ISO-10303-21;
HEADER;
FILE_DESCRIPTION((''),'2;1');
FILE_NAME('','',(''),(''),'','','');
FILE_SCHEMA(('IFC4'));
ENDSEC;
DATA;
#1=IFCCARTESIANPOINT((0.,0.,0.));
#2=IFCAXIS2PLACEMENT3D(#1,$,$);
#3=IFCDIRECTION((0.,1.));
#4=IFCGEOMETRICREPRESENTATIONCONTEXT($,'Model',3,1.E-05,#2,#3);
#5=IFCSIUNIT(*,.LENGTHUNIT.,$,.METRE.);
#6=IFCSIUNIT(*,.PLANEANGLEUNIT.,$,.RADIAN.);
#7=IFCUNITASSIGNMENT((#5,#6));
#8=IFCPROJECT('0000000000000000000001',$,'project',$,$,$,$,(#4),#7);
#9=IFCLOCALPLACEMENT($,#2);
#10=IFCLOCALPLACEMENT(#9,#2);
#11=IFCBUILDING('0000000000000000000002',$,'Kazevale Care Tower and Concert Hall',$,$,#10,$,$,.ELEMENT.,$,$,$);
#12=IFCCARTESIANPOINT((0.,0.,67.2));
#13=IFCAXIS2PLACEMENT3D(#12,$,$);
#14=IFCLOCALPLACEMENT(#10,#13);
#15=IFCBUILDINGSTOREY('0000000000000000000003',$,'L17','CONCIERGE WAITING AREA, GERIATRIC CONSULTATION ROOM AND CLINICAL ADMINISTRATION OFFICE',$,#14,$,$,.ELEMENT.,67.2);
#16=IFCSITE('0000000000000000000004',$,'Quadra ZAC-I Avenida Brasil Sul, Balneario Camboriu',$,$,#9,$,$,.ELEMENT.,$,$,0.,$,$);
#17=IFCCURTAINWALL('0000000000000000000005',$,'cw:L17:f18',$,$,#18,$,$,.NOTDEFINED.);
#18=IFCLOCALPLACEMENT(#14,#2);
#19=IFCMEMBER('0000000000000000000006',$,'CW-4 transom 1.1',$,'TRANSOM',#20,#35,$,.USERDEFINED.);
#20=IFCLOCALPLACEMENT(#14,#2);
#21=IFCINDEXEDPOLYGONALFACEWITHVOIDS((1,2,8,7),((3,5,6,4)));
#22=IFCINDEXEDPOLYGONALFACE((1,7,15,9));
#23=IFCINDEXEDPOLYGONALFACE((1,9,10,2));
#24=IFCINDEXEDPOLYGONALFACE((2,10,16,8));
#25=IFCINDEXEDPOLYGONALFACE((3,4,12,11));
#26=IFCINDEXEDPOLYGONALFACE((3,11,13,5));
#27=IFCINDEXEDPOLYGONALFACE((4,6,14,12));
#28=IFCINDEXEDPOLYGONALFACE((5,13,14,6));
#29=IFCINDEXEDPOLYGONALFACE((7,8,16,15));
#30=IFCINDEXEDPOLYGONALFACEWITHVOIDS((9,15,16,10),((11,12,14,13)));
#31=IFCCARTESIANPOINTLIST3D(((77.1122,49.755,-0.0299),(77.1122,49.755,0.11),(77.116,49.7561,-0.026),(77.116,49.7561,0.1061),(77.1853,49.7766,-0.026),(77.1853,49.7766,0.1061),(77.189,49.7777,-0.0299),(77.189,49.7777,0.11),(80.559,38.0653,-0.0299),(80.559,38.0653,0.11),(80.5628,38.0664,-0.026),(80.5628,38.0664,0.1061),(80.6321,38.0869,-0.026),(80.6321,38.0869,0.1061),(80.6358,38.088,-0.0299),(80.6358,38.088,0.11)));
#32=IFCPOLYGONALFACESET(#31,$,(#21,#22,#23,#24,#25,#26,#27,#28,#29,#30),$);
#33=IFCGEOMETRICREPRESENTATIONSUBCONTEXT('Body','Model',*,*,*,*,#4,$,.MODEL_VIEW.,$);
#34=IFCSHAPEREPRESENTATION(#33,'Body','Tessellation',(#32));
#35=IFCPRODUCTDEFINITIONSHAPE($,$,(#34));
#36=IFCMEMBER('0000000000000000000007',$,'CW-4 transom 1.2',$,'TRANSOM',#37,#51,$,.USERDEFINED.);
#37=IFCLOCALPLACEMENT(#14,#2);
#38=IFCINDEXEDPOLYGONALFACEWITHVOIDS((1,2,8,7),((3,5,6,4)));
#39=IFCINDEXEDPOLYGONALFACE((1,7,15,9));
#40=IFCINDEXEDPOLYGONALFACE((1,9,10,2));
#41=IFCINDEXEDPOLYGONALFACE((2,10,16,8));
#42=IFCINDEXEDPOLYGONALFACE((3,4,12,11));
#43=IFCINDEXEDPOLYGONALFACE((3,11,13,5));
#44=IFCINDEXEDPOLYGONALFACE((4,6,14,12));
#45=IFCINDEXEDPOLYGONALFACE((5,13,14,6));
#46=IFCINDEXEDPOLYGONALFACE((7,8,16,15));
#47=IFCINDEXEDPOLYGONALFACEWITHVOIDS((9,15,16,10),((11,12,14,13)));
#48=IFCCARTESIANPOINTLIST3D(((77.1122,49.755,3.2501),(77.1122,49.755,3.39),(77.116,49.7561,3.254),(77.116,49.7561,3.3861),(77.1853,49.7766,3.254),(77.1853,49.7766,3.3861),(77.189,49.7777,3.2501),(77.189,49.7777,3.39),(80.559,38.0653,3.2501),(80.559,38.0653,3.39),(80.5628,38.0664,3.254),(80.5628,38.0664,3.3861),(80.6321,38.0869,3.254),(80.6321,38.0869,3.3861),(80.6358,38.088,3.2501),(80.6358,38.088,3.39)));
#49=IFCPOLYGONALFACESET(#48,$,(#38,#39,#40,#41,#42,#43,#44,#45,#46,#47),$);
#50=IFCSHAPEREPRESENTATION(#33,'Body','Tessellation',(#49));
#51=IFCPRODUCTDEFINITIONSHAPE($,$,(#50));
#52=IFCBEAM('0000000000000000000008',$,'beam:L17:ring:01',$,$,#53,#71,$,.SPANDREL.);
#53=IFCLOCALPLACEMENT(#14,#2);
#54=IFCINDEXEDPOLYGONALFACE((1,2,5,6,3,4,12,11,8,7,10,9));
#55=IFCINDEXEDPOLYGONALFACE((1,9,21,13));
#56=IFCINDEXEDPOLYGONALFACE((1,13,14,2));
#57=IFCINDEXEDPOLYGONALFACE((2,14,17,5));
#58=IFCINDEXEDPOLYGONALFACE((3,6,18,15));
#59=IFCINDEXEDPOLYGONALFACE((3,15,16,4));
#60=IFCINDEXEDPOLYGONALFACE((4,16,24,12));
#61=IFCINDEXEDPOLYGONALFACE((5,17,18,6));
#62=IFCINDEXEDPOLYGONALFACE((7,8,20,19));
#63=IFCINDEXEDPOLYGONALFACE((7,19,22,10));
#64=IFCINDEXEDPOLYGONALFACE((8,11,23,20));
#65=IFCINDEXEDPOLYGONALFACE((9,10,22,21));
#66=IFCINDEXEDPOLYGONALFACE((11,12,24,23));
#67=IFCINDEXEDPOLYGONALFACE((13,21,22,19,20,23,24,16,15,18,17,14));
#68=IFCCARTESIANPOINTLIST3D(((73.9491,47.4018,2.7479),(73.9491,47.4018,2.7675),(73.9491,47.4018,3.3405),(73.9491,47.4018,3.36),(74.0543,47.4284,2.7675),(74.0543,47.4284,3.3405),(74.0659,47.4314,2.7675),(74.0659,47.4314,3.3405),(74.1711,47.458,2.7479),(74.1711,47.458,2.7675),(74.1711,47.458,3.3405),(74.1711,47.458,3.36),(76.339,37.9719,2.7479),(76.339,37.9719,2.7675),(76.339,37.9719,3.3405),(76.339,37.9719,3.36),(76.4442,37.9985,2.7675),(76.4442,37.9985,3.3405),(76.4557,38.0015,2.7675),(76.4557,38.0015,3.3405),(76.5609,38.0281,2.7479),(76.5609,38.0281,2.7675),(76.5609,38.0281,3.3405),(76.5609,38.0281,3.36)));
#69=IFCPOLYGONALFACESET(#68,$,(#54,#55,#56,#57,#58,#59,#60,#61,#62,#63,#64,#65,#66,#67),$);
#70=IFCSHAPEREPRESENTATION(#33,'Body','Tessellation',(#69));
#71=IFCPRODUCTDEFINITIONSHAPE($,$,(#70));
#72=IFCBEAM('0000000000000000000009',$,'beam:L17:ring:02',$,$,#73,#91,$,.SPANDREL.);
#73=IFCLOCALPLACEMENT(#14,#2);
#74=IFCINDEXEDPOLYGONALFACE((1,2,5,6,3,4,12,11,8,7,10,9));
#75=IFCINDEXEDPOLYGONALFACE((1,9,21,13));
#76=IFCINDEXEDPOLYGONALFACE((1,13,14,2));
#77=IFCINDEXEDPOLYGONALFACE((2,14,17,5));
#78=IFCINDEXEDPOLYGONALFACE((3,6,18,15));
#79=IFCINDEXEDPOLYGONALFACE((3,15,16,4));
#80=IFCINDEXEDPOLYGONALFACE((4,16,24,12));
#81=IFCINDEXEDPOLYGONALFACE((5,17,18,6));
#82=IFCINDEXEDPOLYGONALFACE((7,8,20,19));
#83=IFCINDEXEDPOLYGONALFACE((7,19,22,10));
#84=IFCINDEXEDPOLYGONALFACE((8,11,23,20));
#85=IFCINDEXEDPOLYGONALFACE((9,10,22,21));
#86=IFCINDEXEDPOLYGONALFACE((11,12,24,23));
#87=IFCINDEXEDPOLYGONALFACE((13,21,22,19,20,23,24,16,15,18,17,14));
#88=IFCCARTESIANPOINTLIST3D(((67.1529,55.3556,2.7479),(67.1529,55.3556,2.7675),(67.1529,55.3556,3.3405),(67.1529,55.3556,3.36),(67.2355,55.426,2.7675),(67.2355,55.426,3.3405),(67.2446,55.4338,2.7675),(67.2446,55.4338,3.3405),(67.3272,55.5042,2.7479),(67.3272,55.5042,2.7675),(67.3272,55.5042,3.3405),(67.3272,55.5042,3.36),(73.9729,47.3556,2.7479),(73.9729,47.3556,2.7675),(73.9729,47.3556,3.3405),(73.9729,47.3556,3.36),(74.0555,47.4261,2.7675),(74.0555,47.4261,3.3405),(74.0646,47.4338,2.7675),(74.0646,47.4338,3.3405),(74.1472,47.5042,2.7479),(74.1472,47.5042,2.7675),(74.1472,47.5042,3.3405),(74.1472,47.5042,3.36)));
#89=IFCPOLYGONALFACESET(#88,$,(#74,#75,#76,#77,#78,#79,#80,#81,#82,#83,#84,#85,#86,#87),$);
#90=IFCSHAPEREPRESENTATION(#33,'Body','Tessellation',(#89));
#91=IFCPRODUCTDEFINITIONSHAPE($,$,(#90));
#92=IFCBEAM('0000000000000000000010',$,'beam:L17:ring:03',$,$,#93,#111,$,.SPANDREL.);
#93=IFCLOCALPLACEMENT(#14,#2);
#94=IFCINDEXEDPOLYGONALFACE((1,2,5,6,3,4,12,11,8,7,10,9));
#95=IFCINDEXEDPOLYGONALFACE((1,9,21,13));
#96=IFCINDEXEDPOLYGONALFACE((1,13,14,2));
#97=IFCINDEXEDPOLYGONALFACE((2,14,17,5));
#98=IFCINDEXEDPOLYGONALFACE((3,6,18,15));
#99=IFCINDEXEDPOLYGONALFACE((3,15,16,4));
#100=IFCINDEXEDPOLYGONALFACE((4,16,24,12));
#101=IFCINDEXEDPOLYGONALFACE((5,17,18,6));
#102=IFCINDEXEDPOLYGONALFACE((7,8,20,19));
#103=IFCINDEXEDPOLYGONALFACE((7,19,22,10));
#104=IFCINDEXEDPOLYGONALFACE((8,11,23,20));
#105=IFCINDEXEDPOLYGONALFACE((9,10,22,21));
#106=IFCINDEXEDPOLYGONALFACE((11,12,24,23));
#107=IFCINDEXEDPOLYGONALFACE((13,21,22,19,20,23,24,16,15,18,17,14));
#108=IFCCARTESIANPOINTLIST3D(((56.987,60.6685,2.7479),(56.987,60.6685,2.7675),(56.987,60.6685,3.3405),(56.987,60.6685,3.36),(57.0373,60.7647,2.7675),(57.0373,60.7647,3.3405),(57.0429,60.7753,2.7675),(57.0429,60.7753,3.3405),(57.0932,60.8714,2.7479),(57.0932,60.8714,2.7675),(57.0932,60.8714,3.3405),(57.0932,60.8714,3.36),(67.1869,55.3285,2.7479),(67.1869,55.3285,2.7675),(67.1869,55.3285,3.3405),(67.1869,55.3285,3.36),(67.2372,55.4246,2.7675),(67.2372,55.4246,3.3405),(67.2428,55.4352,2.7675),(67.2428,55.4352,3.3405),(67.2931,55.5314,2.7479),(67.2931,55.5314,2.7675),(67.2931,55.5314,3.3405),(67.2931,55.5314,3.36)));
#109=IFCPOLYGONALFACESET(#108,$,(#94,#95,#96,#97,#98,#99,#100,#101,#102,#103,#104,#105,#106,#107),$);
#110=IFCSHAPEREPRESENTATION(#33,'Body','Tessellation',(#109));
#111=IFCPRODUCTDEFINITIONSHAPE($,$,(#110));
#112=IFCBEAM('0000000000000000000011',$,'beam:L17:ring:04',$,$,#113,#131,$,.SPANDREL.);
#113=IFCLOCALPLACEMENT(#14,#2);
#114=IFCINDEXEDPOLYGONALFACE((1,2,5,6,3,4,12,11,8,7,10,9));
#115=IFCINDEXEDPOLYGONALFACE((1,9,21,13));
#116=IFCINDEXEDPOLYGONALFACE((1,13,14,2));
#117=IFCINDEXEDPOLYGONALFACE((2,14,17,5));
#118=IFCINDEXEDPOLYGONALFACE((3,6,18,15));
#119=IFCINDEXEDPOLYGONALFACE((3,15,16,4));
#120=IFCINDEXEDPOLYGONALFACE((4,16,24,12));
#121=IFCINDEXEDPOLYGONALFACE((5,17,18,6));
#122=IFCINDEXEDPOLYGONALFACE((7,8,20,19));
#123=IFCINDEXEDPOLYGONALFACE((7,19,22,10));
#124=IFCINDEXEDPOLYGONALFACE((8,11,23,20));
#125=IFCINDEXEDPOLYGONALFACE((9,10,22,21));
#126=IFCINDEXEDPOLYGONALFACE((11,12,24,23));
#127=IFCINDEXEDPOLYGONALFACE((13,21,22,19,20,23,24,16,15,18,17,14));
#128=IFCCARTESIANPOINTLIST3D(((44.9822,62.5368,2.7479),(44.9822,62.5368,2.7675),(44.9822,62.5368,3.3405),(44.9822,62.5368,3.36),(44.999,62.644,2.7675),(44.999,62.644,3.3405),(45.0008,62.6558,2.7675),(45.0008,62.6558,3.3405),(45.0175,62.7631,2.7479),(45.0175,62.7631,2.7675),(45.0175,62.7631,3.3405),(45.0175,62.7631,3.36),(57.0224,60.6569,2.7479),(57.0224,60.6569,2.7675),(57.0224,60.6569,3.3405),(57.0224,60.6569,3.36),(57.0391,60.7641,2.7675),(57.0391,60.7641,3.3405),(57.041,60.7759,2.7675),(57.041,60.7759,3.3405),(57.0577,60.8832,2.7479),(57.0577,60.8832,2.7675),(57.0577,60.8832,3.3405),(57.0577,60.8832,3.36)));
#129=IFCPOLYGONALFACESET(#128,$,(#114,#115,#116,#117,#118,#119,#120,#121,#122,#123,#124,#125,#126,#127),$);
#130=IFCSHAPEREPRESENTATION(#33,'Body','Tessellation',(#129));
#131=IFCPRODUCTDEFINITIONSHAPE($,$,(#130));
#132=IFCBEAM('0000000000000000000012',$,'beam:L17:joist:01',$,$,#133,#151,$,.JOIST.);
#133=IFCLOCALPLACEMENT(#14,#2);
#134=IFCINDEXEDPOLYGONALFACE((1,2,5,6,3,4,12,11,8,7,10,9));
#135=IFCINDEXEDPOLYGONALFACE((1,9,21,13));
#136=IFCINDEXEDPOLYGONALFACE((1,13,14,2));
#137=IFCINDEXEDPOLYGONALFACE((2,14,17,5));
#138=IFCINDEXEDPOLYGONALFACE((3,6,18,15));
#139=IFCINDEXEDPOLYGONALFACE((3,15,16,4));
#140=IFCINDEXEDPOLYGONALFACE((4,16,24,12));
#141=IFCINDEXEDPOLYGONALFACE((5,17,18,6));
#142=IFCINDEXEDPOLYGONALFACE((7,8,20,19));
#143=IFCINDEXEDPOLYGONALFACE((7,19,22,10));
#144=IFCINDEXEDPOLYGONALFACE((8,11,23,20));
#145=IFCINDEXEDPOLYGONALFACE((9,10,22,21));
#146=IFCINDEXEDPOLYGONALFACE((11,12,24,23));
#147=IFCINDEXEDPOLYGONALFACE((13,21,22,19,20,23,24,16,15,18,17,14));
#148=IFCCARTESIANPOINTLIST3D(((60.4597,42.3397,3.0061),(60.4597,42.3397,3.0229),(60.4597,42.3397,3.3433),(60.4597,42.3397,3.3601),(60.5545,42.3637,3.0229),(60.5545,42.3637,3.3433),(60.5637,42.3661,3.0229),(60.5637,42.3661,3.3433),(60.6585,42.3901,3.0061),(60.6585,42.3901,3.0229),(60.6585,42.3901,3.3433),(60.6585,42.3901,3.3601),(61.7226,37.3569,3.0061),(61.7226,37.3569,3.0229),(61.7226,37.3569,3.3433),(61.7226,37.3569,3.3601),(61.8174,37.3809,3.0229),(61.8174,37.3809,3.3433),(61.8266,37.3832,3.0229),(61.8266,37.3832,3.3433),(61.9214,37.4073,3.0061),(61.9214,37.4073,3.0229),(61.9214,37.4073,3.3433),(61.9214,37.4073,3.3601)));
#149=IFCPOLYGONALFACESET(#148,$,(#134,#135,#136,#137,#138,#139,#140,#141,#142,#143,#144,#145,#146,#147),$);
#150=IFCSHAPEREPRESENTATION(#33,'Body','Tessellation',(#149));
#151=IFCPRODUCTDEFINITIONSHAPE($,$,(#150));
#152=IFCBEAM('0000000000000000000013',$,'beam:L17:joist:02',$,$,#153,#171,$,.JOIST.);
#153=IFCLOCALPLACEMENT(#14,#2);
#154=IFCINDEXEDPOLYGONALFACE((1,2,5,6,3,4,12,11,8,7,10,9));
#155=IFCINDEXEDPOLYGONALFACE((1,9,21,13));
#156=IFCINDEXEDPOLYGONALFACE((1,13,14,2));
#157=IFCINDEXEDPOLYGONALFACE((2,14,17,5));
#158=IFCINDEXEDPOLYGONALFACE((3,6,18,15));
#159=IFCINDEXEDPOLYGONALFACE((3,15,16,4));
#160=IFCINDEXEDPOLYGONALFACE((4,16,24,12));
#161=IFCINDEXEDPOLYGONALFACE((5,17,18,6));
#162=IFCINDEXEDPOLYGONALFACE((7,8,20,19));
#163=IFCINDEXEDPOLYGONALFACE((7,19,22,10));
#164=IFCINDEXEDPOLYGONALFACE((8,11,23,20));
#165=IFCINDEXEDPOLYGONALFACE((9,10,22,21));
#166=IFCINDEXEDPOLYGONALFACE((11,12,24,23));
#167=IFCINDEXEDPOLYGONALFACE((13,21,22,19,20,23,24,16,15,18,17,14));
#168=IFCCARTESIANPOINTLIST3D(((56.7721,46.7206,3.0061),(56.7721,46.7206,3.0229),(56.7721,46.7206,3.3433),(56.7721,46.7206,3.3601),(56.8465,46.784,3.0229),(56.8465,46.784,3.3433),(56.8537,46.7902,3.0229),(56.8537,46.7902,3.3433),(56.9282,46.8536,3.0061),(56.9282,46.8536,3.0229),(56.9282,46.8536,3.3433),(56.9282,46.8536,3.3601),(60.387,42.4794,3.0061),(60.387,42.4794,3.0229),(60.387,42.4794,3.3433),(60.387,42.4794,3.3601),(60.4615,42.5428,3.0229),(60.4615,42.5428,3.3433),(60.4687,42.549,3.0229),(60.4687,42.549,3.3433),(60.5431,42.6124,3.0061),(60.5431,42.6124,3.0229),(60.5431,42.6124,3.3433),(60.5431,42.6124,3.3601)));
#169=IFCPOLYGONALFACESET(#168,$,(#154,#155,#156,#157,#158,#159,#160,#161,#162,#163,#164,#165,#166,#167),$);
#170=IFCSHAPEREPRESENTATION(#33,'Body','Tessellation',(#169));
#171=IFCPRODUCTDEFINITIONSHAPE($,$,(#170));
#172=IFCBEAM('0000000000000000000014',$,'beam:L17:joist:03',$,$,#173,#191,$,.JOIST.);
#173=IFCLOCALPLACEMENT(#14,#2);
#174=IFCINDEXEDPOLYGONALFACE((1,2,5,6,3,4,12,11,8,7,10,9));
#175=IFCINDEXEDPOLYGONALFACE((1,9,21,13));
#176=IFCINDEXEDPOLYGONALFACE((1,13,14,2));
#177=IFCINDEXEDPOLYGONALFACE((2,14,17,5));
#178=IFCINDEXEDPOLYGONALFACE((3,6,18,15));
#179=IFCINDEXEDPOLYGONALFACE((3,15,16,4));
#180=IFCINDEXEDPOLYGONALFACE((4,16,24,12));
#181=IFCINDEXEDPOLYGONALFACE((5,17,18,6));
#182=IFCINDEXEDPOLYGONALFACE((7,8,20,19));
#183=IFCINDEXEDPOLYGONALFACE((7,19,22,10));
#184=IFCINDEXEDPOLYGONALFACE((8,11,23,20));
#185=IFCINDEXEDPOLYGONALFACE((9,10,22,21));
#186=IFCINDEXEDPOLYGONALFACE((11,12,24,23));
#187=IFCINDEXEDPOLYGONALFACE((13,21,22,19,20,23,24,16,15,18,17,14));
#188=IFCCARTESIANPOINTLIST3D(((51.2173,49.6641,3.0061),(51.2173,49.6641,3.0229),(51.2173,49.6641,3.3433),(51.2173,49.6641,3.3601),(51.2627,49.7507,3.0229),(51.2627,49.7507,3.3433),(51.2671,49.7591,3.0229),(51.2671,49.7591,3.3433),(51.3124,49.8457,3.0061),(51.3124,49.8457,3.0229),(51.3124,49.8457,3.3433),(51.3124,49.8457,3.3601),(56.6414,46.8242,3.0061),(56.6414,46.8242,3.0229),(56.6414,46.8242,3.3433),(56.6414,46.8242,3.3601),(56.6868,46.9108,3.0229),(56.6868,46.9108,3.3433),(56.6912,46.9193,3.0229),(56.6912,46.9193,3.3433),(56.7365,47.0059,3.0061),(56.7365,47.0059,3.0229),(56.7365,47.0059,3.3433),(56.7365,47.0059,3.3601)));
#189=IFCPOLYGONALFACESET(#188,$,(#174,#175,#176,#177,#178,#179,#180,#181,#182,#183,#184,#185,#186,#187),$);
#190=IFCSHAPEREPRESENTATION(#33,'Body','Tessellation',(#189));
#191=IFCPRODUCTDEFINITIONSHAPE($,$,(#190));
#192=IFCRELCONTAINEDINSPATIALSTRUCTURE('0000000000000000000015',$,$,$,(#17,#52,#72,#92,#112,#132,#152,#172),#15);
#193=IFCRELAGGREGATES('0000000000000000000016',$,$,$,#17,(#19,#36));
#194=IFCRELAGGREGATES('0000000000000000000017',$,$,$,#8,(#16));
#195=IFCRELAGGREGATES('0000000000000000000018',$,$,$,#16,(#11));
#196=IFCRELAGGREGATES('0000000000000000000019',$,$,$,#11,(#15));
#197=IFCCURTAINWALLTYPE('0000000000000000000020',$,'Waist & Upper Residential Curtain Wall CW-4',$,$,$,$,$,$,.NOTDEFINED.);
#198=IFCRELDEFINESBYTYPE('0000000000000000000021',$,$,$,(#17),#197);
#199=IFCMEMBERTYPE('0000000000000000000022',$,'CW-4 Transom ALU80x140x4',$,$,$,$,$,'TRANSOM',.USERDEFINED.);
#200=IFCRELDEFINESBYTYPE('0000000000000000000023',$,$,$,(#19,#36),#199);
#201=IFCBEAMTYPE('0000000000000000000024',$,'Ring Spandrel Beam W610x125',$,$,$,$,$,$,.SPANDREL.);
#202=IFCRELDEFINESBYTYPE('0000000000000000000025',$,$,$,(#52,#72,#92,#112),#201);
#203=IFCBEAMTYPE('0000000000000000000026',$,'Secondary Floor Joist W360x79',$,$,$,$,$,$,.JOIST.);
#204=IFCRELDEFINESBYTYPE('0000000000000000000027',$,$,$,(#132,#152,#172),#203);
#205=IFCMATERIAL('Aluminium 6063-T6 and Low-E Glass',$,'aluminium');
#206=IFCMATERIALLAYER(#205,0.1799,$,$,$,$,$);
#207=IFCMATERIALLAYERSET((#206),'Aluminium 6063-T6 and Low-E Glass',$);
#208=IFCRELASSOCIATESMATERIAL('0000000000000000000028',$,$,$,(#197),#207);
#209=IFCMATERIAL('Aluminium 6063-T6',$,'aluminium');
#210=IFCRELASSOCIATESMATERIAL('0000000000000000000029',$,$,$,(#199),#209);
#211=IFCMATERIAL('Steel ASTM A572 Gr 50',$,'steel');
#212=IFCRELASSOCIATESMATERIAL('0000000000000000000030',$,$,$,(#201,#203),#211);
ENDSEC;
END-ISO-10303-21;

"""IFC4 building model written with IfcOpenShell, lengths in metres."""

from ifc_helpers import new_model, si_unit, direction, frame, origin, origin_2d, place, context, subcontext, project, spatial, hollow_rectangle, i_section, extrude, material, layer, layer_set, material_profile, profile_set, type_object, element, aggregate, save


model = new_model("IFC4")

# Units and contexts
model_context = context("Model", 3, precision=1e-05, world=origin(), true_north=direction((0.0, 1.0)))
body_context = subcontext(model_context, "Body", "Model", "MODEL_VIEW")
ifc_project = project(units=[si_unit("LENGTHUNIT", "METRE"), si_unit("PLANEANGLEUNIT", "RADIAN")], contexts=[model_context])

# Site, building, storey
site_placement = place(None, origin())
site = spatial("IfcSite", under=ifc_project, at=site_placement, Name="Quadra ZAC-I Avenida Brasil Sul, Balneario Camboriu", CompositionType="ELEMENT", RefElevation=0.0)
building_placement = place(site_placement, origin())
building = spatial("IfcBuilding", under=site, at=building_placement, Name="Kazevale Care Tower and Concert Hall", CompositionType="ELEMENT")
storey_placement = place(building_placement, frame((0.0, 0.0, 67.2)))
storey = spatial("IfcBuildingStorey", under=building, at=storey_placement, Name="L17", Description="CONCIERGE WAITING AREA, GERIATRIC CONSULTATION ROOM AND CLINICAL ADMINISTRATION OFFICE", CompositionType="ELEMENT", Elevation=67.2)

# Shared definitions
ifc_material_1 = material(Name="Aluminium 6063-T6 and Low-E Glass", Category="aluminium")
ifc_material_2 = material(Name="Aluminium 6063-T6", Category="aluminium")

# Shared definitions
ifc_layer_1 = layer(ifc_material_1, 0.1799)
ifc_layer_set_1 = layer_set([ifc_layer_1], Name="Aluminium 6063-T6 and Low-E Glass")
curtain_wall_type_1 = type_object("IfcCurtainWallType", Name="Waist & Upper Residential Curtain Wall CW-4", PredefinedType="NOTDEFINED", material=ifc_layer_set_1)

# Curtain wall
curtain_wall_1_placement = place(storey_placement, origin())
curtain_wall_1 = element("IfcCurtainWall", 1, at=curtain_wall_1_placement, inside=storey, type_object=curtain_wall_type_1, Name="cw:L17:f18", PredefinedType="NOTDEFINED")

# Members
ifc_material_profile_1 = material_profile(ifc_material_2, hollow_rectangle(XDim=0.0801, YDim=0.1399, WallThickness=0.0039, at=origin_2d()), Name="ALU80x140x4")
ifc_profile_set_1 = profile_set([ifc_material_profile_1], Name="Aluminium 6063-T6")
member_type_1 = type_object("IfcMemberType", Name="CW-4 Transom ALU80x140x4", ElementType="TRANSOM", PredefinedType="USERDEFINED", material=ifc_profile_set_1)
member_1_placement = place(storey_placement, frame((77.1506, 49.7664, 0.04), z_axis=(0.282818, -0.959174, 0.0), x_axis=(0.959174, 0.282818, 0.0)))
member_1 = element("IfcMember", 2, at=member_1_placement, type_object=member_type_1, Name="CW-4 transom 1.1", ObjectType="TRANSOM", PredefinedType="USERDEFINED", context=body_context, shape_type="SweptSolid", body=[
    extrude(hollow_rectangle(XDim=0.0801, YDim=0.1399, WallThickness=0.0039, at=origin_2d()), origin(), (0.0, 0.0, 1.0), 12.1873),
])
member_2_placement = place(storey_placement, frame((77.1506, 49.7664, 3.3201), z_axis=(0.282818, -0.959174, 0.0), x_axis=(0.959174, 0.282818, 0.0)))
member_2 = element("IfcMember", 3, at=member_2_placement, type_object=member_type_1, Name="CW-4 transom 1.2", ObjectType="TRANSOM", PredefinedType="USERDEFINED", context=body_context, shape_type="SweptSolid", body=[
    extrude(hollow_rectangle(XDim=0.0801, YDim=0.1399, WallThickness=0.0039, at=origin_2d()), origin(), (0.0, 0.0, 1.0), 12.1873),
])

# Beams
ifc_material_3 = material(Name="Steel ASTM A572 Gr 50", Category="steel")
ifc_material_profile_2 = material_profile(ifc_material_3, i_section(OverallWidth=0.229, OverallDepth=0.6121, WebThickness=0.012, FlangeThickness=0.0195, at=origin_2d()), Name="W610x125")
ifc_profile_set_2 = profile_set([ifc_material_profile_2], Name="Steel ASTM A572 Gr 50")
beam_type_1 = type_object("IfcBeamType", Name="Ring Spandrel Beam W610x125", PredefinedType="SPANDREL", material=ifc_profile_set_2)
beam_1_placement = place(storey_placement, frame((76.45, 38.0, 3.054), z_axis=(-0.24567, 0.969354, 0.0), x_axis=(-0.969354, -0.24567, 0.0)))
element("IfcBeam", 4, at=beam_1_placement, inside=storey, type_object=beam_type_1, Name="beam:L17:ring:01", PredefinedType="SPANDREL", context=body_context, shape_type="SweptSolid", body=[
    extrude(i_section(OverallWidth=0.229, OverallDepth=0.6121, WebThickness=0.012, FlangeThickness=0.0195, at=origin_2d()), origin(), (0.0, 0.0, 1.0), 9.728),
])
beam_2_placement = place(storey_placement, frame((74.0601, 47.4299, 3.054), z_axis=(-0.648756, 0.760996, 0.0), x_axis=(-0.760996, -0.648756, 0.0)))
element("IfcBeam", 5, at=beam_2_placement, inside=storey, type_object=beam_type_1, Name="beam:L17:ring:02", PredefinedType="SPANDREL", context=body_context, shape_type="SweptSolid", body=[
    extrude(i_section(OverallWidth=0.229, OverallDepth=0.6121, WebThickness=0.012, FlangeThickness=0.0195, at=origin_2d()), origin(), (0.0, 0.0, 1.0), 10.5125),
])
beam_3_placement = place(storey_placement, frame((67.24, 55.4299, 3.054), z_axis=(-0.885929, 0.46382, 0.0), x_axis=(-0.46382, -0.885929, 0.0)))
element("IfcBeam", 6, at=beam_3_placement, inside=storey, type_object=beam_type_1, Name="beam:L17:ring:03", PredefinedType="SPANDREL", context=body_context, shape_type="SweptSolid", body=[
    extrude(i_section(OverallWidth=0.229, OverallDepth=0.6121, WebThickness=0.012, FlangeThickness=0.0195, at=origin_2d()), origin(), (0.0, 0.0, 1.0), 11.5132),
])
beam_4_placement = place(storey_placement, frame((57.04, 60.77, 3.054), z_axis=(-0.988029, 0.154267, 0.0), x_axis=(-0.154267, -0.988029, 0.0)))
element("IfcBeam", 7, at=beam_4_placement, inside=storey, type_object=beam_type_1, Name="beam:L17:ring:04", PredefinedType="SPANDREL", context=body_context, shape_type="SweptSolid", body=[
    extrude(i_section(OverallWidth=0.229, OverallDepth=0.6121, WebThickness=0.012, FlangeThickness=0.0195, at=origin_2d()), origin(), (0.0, 0.0, 1.0), 12.186),
])
ifc_material_profile_3 = material_profile(ifc_material_3, i_section(OverallWidth=0.2051, OverallDepth=0.354, WebThickness=0.0095, FlangeThickness=0.0168, at=origin_2d()), Name="W360x79")
ifc_profile_set_3 = profile_set([ifc_material_profile_3], Name="Steel ASTM A572 Gr 50")
beam_type_2 = type_object("IfcBeamType", Name="Secondary Floor Joist W360x79", PredefinedType="JOIST", material=ifc_profile_set_3)
beam_5_placement = place(storey_placement, frame((61.822, 37.3821, 3.1831), z_axis=(-0.245686, 0.96935, 0.0), x_axis=(-0.96935, -0.245686, 0.0)))
element("IfcBeam", 8, at=beam_5_placement, inside=storey, type_object=beam_type_2, Name="beam:L17:joist:01", PredefinedType="JOIST", context=body_context, shape_type="SweptSolid", body=[
    extrude(i_section(OverallWidth=0.2051, OverallDepth=0.354, WebThickness=0.0095, FlangeThickness=0.0168, at=origin_2d()), origin(), (0.0, 0.0, 1.0), 5.1404),
])
beam_6_placement = place(storey_placement, frame((60.4651, 42.5459, 3.1831), z_axis=(-0.648686, 0.761057, 0.0), x_axis=(-0.761057, -0.648686, 0.0)))
element("IfcBeam", 9, at=beam_6_placement, inside=storey, type_object=beam_type_2, Name="beam:L17:joist:02", PredefinedType="JOIST", context=body_context, shape_type="SweptSolid", body=[
    extrude(i_section(OverallWidth=0.2051, OverallDepth=0.354, WebThickness=0.0095, FlangeThickness=0.0168, at=origin_2d()), origin(), (0.0, 0.0, 1.0), 5.5728),
])
beam_7_placement = place(storey_placement, frame((56.689, 46.915, 3.1831), z_axis=(-0.885921, 0.463836, 0.0), x_axis=(-0.463836, -0.885921, 0.0)))
element("IfcBeam", 10, at=beam_7_placement, inside=storey, type_object=beam_type_2, Name="beam:L17:joist:03", PredefinedType="JOIST", context=body_context, shape_type="SweptSolid", body=[
    extrude(i_section(OverallWidth=0.2051, OverallDepth=0.354, WebThickness=0.0095, FlangeThickness=0.0168, at=origin_2d()), origin(), (0.0, 0.0, 1.0), 6.1226),
])

aggregate(curtain_wall_1, [member_1, member_2])

save(model, "model.ifc")
